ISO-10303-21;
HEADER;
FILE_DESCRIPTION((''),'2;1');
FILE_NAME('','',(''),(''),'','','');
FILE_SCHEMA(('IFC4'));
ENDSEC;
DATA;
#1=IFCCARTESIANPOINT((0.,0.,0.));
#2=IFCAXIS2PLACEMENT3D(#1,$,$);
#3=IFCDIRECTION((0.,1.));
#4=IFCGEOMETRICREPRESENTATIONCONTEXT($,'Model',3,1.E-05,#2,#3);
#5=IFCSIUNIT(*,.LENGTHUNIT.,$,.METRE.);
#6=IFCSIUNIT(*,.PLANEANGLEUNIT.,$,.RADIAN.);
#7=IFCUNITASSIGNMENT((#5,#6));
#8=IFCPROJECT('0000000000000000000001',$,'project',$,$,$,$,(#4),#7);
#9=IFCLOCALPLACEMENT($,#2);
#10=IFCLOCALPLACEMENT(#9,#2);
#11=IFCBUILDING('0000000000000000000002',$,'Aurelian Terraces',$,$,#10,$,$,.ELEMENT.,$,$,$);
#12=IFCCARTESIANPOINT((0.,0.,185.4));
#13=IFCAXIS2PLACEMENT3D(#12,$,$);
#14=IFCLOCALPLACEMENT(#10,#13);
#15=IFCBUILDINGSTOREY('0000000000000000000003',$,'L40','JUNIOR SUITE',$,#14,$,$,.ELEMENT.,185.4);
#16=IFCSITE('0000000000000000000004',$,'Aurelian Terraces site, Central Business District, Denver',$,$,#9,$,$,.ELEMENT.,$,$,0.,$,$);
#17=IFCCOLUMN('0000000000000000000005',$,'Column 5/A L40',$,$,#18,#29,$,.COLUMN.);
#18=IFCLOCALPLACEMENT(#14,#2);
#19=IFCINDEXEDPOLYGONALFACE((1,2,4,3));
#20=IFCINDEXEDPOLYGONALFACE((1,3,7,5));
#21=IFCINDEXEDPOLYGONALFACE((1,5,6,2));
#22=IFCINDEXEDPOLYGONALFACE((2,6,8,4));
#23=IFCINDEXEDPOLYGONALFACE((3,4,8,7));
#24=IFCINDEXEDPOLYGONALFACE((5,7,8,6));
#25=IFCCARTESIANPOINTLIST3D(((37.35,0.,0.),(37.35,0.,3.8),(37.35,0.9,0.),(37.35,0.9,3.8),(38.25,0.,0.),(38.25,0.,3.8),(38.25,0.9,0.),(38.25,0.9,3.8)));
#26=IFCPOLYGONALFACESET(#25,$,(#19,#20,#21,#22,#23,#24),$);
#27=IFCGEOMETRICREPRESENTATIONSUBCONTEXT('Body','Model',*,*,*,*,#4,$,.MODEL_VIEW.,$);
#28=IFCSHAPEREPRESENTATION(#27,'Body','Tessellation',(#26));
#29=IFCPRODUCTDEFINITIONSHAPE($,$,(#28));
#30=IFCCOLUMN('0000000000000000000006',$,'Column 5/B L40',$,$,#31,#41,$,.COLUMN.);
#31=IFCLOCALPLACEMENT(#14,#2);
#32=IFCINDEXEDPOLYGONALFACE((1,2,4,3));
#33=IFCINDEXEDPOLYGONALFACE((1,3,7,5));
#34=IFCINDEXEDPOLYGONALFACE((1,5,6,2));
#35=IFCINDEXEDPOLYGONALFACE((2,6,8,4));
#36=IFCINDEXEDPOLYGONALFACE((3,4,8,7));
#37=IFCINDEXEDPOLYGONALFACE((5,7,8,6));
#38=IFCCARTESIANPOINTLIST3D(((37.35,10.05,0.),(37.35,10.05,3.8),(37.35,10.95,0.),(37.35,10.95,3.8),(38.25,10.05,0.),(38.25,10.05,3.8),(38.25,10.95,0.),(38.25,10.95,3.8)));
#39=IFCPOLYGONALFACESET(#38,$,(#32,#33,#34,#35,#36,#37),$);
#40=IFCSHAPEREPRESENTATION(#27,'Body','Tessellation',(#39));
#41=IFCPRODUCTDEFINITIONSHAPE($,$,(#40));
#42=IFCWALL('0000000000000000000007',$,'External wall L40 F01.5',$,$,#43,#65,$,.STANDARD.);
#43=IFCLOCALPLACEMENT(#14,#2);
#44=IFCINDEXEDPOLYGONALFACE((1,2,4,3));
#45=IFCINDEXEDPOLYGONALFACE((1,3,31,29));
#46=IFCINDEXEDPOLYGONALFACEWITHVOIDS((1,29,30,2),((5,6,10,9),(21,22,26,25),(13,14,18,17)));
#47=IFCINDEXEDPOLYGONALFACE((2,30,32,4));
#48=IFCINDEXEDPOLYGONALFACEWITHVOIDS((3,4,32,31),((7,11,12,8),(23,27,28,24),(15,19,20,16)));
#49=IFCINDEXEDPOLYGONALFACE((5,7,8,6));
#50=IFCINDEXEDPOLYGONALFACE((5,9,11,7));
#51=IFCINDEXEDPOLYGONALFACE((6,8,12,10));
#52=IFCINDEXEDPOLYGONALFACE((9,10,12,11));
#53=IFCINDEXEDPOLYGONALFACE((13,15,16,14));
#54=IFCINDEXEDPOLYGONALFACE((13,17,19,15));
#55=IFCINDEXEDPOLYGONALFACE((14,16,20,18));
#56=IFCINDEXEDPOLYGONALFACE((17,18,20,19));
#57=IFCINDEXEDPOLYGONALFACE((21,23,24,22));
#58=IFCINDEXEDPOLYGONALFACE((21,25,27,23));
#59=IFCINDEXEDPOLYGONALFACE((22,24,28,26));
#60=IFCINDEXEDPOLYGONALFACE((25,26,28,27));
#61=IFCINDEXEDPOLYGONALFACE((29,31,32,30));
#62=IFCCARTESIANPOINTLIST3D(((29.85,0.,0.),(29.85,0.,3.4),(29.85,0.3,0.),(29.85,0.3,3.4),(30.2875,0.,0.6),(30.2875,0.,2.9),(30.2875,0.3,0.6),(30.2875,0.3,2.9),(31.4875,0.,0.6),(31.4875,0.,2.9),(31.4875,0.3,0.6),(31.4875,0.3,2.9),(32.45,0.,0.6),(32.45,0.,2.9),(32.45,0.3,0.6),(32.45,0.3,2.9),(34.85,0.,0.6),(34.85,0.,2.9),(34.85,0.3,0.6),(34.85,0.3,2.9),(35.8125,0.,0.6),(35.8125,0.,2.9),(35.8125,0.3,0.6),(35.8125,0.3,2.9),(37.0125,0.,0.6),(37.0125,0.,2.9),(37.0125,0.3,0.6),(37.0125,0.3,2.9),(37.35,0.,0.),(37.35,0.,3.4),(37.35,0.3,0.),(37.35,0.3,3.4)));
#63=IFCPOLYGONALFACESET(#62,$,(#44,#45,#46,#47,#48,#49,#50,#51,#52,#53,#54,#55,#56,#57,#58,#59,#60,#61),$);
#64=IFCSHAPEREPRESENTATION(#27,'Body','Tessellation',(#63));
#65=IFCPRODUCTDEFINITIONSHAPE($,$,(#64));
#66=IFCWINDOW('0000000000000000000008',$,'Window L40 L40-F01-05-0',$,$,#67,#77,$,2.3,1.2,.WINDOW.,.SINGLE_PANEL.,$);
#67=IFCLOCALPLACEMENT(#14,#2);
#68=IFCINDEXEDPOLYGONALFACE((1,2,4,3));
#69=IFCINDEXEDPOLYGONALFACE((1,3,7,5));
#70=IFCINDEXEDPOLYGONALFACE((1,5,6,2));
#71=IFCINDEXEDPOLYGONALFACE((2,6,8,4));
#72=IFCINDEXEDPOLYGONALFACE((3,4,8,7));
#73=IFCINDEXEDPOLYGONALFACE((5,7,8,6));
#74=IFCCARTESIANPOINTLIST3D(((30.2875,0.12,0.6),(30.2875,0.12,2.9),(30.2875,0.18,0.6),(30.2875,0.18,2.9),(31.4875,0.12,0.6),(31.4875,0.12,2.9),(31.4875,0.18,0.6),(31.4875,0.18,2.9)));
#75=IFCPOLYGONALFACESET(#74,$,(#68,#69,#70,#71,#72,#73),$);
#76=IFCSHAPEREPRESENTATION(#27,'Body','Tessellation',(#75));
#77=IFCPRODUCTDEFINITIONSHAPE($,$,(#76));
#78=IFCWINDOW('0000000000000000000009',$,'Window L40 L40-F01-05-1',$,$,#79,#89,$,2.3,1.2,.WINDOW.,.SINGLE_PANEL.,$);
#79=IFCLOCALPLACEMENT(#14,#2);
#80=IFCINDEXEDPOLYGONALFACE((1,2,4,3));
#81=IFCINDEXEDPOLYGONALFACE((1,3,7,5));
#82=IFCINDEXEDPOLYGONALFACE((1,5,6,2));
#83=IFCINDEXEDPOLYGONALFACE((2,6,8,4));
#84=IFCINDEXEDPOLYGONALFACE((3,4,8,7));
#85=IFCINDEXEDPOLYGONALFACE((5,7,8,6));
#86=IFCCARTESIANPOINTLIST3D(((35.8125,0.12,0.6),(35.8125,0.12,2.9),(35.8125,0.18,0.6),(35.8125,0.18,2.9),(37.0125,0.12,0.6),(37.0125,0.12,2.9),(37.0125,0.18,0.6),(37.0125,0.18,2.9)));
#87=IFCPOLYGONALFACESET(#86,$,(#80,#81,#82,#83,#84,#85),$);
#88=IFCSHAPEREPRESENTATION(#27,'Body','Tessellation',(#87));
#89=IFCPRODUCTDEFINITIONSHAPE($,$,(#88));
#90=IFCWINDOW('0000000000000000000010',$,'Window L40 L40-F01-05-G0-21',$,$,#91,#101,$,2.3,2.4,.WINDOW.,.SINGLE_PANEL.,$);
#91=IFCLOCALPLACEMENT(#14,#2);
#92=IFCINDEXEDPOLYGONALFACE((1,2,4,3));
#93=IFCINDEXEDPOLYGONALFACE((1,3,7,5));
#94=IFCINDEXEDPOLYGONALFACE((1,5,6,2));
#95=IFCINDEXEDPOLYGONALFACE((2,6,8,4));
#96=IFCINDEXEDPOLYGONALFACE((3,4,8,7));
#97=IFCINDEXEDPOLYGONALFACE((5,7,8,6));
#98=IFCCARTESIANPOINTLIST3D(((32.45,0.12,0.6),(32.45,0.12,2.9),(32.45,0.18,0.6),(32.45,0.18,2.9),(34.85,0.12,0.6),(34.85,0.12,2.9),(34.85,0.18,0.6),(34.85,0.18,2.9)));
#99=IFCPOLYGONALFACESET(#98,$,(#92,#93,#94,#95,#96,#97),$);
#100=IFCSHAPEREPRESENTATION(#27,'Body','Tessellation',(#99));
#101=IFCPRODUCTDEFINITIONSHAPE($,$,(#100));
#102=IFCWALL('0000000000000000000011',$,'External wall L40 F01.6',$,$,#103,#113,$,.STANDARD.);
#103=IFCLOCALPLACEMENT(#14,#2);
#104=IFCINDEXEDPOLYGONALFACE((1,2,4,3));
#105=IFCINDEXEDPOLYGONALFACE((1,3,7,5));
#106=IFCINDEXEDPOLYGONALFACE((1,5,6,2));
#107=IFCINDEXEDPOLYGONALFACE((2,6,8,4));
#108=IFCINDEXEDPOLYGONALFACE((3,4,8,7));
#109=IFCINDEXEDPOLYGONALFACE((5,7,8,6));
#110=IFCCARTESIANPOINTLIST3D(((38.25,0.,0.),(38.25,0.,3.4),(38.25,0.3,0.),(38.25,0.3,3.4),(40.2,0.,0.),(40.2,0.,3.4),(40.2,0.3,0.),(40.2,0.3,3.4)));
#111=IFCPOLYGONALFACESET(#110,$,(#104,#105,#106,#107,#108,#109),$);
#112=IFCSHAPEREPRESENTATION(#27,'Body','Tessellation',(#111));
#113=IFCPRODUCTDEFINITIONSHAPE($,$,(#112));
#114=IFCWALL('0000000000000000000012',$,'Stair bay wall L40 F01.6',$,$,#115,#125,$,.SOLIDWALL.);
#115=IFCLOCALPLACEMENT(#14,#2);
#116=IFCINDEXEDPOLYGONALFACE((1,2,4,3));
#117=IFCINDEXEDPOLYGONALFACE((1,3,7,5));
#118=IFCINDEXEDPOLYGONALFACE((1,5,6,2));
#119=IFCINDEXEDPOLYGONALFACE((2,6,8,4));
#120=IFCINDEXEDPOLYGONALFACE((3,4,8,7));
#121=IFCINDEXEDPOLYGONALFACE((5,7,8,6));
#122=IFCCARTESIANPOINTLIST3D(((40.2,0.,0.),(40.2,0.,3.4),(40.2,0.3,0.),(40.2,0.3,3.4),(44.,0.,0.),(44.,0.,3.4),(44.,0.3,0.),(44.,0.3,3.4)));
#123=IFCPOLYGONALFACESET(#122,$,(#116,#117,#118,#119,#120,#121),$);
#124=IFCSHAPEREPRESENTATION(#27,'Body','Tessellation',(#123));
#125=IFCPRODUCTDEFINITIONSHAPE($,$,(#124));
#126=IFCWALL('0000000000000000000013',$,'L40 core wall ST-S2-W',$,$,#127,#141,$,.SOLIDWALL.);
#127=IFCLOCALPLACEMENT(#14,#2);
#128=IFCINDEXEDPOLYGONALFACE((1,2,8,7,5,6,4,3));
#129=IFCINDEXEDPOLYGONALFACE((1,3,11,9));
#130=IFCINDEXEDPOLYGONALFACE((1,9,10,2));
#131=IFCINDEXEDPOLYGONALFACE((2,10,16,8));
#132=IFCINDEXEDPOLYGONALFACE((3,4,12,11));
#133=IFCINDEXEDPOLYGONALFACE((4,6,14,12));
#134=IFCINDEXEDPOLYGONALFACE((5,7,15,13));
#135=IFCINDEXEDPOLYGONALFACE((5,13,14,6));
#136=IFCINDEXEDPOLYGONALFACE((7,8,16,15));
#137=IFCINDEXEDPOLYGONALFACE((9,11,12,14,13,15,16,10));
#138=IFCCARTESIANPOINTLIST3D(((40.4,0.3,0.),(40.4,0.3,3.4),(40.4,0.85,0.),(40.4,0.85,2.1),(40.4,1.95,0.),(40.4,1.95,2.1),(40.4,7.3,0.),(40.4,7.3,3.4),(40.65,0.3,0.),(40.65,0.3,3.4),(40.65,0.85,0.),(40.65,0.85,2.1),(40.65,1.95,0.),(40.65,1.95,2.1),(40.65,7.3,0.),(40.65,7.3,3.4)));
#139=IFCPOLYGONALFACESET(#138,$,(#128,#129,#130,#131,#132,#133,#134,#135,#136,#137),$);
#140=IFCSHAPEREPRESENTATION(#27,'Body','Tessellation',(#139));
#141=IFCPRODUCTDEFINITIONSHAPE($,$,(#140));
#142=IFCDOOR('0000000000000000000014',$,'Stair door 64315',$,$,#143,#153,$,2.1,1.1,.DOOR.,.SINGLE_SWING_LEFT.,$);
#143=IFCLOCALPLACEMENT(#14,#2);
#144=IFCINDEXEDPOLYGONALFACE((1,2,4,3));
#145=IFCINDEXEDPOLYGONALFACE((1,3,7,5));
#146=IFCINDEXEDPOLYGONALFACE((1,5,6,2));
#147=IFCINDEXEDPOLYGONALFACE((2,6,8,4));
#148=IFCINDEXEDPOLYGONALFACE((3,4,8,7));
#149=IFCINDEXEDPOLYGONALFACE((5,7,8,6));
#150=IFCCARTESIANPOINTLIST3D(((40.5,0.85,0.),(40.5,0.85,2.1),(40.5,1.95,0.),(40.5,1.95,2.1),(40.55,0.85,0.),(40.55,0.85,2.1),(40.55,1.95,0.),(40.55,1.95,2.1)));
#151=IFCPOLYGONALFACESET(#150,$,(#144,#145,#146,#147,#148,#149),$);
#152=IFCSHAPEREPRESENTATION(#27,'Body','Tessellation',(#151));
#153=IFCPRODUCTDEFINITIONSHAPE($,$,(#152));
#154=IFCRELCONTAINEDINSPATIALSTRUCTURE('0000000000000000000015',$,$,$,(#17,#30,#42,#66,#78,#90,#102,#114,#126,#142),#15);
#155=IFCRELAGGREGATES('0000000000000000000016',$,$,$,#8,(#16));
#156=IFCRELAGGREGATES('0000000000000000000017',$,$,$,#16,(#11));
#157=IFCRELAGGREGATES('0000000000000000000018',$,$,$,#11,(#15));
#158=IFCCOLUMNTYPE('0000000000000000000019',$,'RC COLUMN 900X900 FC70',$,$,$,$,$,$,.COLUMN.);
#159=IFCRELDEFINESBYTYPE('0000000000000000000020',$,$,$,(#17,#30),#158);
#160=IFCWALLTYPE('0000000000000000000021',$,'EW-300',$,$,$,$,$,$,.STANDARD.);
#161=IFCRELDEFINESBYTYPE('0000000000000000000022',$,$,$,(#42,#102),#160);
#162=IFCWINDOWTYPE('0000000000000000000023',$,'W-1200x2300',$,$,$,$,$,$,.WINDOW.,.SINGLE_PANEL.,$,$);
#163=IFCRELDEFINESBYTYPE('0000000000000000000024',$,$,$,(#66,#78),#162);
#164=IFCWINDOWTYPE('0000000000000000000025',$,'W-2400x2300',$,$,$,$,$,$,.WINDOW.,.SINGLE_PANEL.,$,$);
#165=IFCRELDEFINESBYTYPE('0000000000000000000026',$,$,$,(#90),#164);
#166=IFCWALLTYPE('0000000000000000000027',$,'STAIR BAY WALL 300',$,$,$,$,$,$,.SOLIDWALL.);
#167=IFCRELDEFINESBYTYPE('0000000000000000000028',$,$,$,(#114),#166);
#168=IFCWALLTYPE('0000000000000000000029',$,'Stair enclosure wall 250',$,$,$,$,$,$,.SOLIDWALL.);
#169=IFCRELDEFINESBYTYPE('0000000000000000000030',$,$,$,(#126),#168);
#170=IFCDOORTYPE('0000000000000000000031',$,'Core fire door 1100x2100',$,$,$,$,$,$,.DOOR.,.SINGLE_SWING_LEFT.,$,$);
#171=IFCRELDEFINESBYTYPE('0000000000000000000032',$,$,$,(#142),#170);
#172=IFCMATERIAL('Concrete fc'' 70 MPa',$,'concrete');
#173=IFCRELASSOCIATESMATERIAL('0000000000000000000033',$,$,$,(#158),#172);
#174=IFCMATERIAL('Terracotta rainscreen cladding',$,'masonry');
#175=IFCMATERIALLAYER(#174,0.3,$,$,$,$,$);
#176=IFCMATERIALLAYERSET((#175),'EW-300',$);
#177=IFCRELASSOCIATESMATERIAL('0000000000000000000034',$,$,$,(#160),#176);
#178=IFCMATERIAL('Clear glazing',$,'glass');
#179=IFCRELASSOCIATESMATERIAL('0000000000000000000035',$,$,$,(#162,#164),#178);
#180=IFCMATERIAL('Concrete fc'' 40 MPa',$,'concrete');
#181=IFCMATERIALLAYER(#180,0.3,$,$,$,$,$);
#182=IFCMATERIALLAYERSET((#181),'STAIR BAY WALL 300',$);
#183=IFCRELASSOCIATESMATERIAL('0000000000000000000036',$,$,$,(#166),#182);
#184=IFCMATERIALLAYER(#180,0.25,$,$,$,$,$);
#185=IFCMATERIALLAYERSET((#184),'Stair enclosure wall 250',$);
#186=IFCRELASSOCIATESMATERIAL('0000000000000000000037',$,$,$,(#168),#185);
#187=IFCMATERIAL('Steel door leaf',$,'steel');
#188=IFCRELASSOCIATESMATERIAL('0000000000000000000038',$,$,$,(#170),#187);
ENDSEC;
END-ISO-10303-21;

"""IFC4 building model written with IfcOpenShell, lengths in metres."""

from ifc_helpers import new_model, si_unit, direction, frame, frame_2d, origin, origin_2d, place, context, subcontext, project, spatial, rectangle, extrude, source, transform, mapped, material, layer, layer_set, material_profile, profile_set, type_object, element, fill, save


model = new_model("IFC4")

# Units and contexts
model_context = context("Model", 3, precision=1e-05, world=origin(), true_north=direction((0.0, 1.0)))
body_context = subcontext(model_context, "Body", "Model", "MODEL_VIEW")
ifc_project = project(units=[si_unit("LENGTHUNIT", "METRE"), si_unit("PLANEANGLEUNIT", "RADIAN")], contexts=[model_context])

# Site, building, storey
site_placement = place(None, origin())
site = spatial("IfcSite", under=ifc_project, at=site_placement, Name="Aurelian Terraces site, Central Business District, Denver", CompositionType="ELEMENT", RefElevation=0.0)
building_placement = place(site_placement, origin())
building = spatial("IfcBuilding", under=site, at=building_placement, Name="Aurelian Terraces", CompositionType="ELEMENT")
storey_placement = place(building_placement, frame((0.0, 0.0, 185.4)))
storey = spatial("IfcBuildingStorey", under=building, at=storey_placement, Name="L40", Description="JUNIOR SUITE", CompositionType="ELEMENT", Elevation=185.4)

# Columns
ifc_material_1 = material(Name="Concrete fc' 70 MPa", Category="concrete")
ifc_material_profile = material_profile(ifc_material_1, rectangle(XDim=0.9, YDim=0.9, at=origin_2d()))
ifc_profile_set = profile_set([ifc_material_profile], Name="Concrete fc' 70 MPa")
column_type = type_object("IfcColumnType", Name="RC COLUMN 900X900 FC70", PredefinedType="COLUMN", material=ifc_profile_set)
shared_shape_1 = source(origin(), body_context, "Body", "SweptSolid", [
    extrude(rectangle(XDim=0.9, YDim=0.9, at=origin_2d()), origin(), (0.0, 0.0, 1.0), 3.8),
])
for number, where, z_axis, x_axis, name in (
    (1, (37.8, 0.45, 0.0), (0.0, 0.0, 1.0), (1.0, 0.0, 0.0), "Column 5/A L40"),
    (2, (37.8, 10.5, 0.0), (0.0, 0.0, 1.0), (1.0, 0.0, 0.0), "Column 5/B L40"),
):
    element("IfcColumn", number, at=place(storey_placement, frame(where, z_axis=z_axis, x_axis=x_axis)), inside=storey, type_object=column_type, Name=name, PredefinedType="COLUMN", context=body_context, shape_type="MappedRepresentation", body=[
        mapped(shared_shape_1, transform((0.0, 0.0, 0.0), scale=1.0)),
    ])

# Wall, openings, windows
ifc_material_2 = material(Name="Terracotta rainscreen cladding", Category="masonry")
ifc_layer_1 = layer(ifc_material_2, 0.3)
ifc_layer_set_1 = layer_set([ifc_layer_1], Name="EW-300")
wall_type_1 = type_object("IfcWallType", Name="EW-300", PredefinedType="STANDARD", material=ifc_layer_set_1)
shared_shape_2 = source(origin(), body_context, "Body", "SweptSolid", [
    extrude(rectangle(XDim=7.5, YDim=0.3, at=frame_2d((3.75, 0.0))), origin(), (0.0, 0.0, 1.0), 3.4),
])
wall_1_placement = place(storey_placement, frame((29.85, 0.15, 0.0), z_axis=(0.0, 0.0, 1.0), x_axis=(1.0, 0.0, 0.0)))
wall_1 = element("IfcWall", 3, at=wall_1_placement, inside=storey, type_object=wall_type_1, Name="External wall L40 F01.5", PredefinedType="STANDARD", context=body_context, shape_type="MappedRepresentation", body=[
    mapped(shared_shape_2, transform((0.0, 0.0, 0.0), scale=1.0)),
])
shared_shape_3 = source(origin(), body_context, "Body", "SweptSolid", [
    extrude(rectangle(XDim=1.2, YDim=2.3, at=frame_2d((0.6, 1.15))), frame((0.0, 0.16, 0.0), z_axis=(0.0, -1.0, 0.0), x_axis=(1.0, 0.0, 0.0)), (0.0, 0.0, 1.0), 0.32),
])
opening_1_placement = place(wall_1_placement, frame((0.4375, 0.0, 0.6)))
opening_1 = element("IfcOpeningElement", 4, at=opening_1_placement, cuts=wall_1, PredefinedType="OPENING", context=body_context, shape_type="MappedRepresentation", body=[
    mapped(shared_shape_3, transform((0.0, 0.0, 0.0), scale=1.0)),
])
opening_2_placement = place(wall_1_placement, frame((5.9625, 0.0, 0.6)))
opening_2 = element("IfcOpeningElement", 5, at=opening_2_placement, cuts=wall_1, PredefinedType="OPENING", context=body_context, shape_type="MappedRepresentation", body=[
    mapped(shared_shape_3, transform((0.0, 0.0, 0.0), scale=1.0)),
])
shared_shape_4 = source(origin(), body_context, "Body", "SweptSolid", [
    extrude(rectangle(XDim=2.4, YDim=2.3, at=frame_2d((1.2, 1.15))), frame((0.0, 0.16, 0.0), z_axis=(0.0, -1.0, 0.0), x_axis=(1.0, 0.0, 0.0)), (0.0, 0.0, 1.0), 0.32),
])
opening_3_placement = place(wall_1_placement, frame((2.6, 0.0, 0.6)))
opening_3 = element("IfcOpeningElement", 6, at=opening_3_placement, cuts=wall_1, PredefinedType="OPENING", context=body_context, shape_type="MappedRepresentation", body=[
    mapped(shared_shape_4, transform((0.0, 0.0, 0.0), scale=1.0)),
])
ifc_material_3 = material(Name="Clear glazing", Category="glass")
window_type_1 = type_object("IfcWindowType", Name="W-1200x2300", PartitioningType="SINGLE_PANEL", PredefinedType="WINDOW", material=ifc_material_3)
shared_shape_5 = source(origin(), body_context, "Body", "SweptSolid", [
    extrude(rectangle(XDim=1.2, YDim=2.3, at=frame_2d((0.6, 1.15))), frame((0.0, 0.03, 0.0), z_axis=(0.0, -1.0, 0.0), x_axis=(1.0, 0.0, 0.0)), (0.0, 0.0, 1.0), 0.06),
])
window_1_placement = place(opening_1_placement, origin())
window_1 = element("IfcWindow", 7, at=window_1_placement, inside=storey, type_object=window_type_1, Name="Window L40 L40-F01-05-0", OverallHeight=2.3, OverallWidth=1.2, PartitioningType="SINGLE_PANEL", PredefinedType="WINDOW", context=body_context, shape_type="MappedRepresentation", body=[
    mapped(shared_shape_5, transform((0.0, 0.0, 0.0), scale=1.0)),
])
fill(opening_1, window_1)
window_2_placement = place(opening_2_placement, origin())
window_2 = element("IfcWindow", 8, at=window_2_placement, inside=storey, type_object=window_type_1, Name="Window L40 L40-F01-05-1", OverallHeight=2.3, OverallWidth=1.2, PartitioningType="SINGLE_PANEL", PredefinedType="WINDOW", context=body_context, shape_type="MappedRepresentation", body=[
    mapped(shared_shape_5, transform((0.0, 0.0, 0.0), scale=1.0)),
])
fill(opening_2, window_2)
window_type_2 = type_object("IfcWindowType", Name="W-2400x2300", PartitioningType="SINGLE_PANEL", PredefinedType="WINDOW", material=ifc_material_3)
shared_shape_6 = source(origin(), body_context, "Body", "SweptSolid", [
    extrude(rectangle(XDim=2.4, YDim=2.3, at=frame_2d((1.2, 1.15))), frame((0.0, 0.03, 0.0), z_axis=(0.0, -1.0, 0.0), x_axis=(1.0, 0.0, 0.0)), (0.0, 0.0, 1.0), 0.06),
])
window_3_placement = place(opening_3_placement, origin())
window_3 = element("IfcWindow", 9, at=window_3_placement, inside=storey, type_object=window_type_2, Name="Window L40 L40-F01-05-G0-21", OverallHeight=2.3, OverallWidth=2.4, PartitioningType="SINGLE_PANEL", PredefinedType="WINDOW", context=body_context, shape_type="MappedRepresentation", body=[
    mapped(shared_shape_6, transform((0.0, 0.0, 0.0), scale=1.0)),
])
fill(opening_3, window_3)

# Walls
shared_shape_7 = source(origin(), body_context, "Body", "SweptSolid", [
    extrude(rectangle(XDim=1.95, YDim=0.3, at=frame_2d((0.975, 0.0))), origin(), (0.0, 0.0, 1.0), 3.4),
])
wall_2_placement = place(storey_placement, frame((38.25, 0.15, 0.0), z_axis=(0.0, 0.0, 1.0), x_axis=(1.0, 0.0, 0.0)))
element("IfcWall", 10, at=wall_2_placement, inside=storey, type_object=wall_type_1, Name="External wall L40 F01.6", PredefinedType="STANDARD", context=body_context, shape_type="MappedRepresentation", body=[
    mapped(shared_shape_7, transform((0.0, 0.0, 0.0), scale=1.0)),
])
ifc_material_4 = material(Name="Concrete fc' 40 MPa", Category="concrete")
ifc_layer_2 = layer(ifc_material_4, 0.3)
ifc_layer_set_2 = layer_set([ifc_layer_2], Name="STAIR BAY WALL 300")
wall_type_2 = type_object("IfcWallType", Name="STAIR BAY WALL 300", PredefinedType="SOLIDWALL", material=ifc_layer_set_2)
shared_shape_8 = source(origin(), body_context, "Body", "SweptSolid", [
    extrude(rectangle(XDim=3.8, YDim=0.3, at=frame_2d((1.9, 0.0))), origin(), (0.0, 0.0, 1.0), 3.4),
])
wall_3_placement = place(storey_placement, frame((40.2, 0.15, 0.0), z_axis=(0.0, 0.0, 1.0), x_axis=(1.0, 0.0, 0.0)))
element("IfcWall", 11, at=wall_3_placement, inside=storey, type_object=wall_type_2, Name="Stair bay wall L40 F01.6", PredefinedType="SOLIDWALL", context=body_context, shape_type="MappedRepresentation", body=[
    mapped(shared_shape_8, transform((0.0, 0.0, 0.0), scale=1.0)),
])

# Wall, opening, door
ifc_layer_3 = layer(ifc_material_4, 0.25)
ifc_layer_set_3 = layer_set([ifc_layer_3], Name="Stair enclosure wall 250")
wall_type_3 = type_object("IfcWallType", Name="Stair enclosure wall 250", PredefinedType="SOLIDWALL", material=ifc_layer_set_3)
shared_shape_9 = source(origin(), body_context, "Body", "SweptSolid", [
    extrude(rectangle(XDim=7.0, YDim=0.25, at=frame_2d((3.5, 0.0))), origin(), (0.0, 0.0, 1.0), 3.4),
])
wall_4_placement = place(storey_placement, frame((40.525, 0.3, 0.0), z_axis=(0.0, 0.0, 1.0), x_axis=(0.0, 1.0, 0.0)))
wall_4 = element("IfcWall", 12, at=wall_4_placement, inside=storey, type_object=wall_type_3, Name="L40 core wall ST-S2-W", PredefinedType="SOLIDWALL", context=body_context, shape_type="MappedRepresentation", body=[
    mapped(shared_shape_9, transform((0.0, 0.0, 0.0), scale=1.0)),
])
shared_shape_10 = source(origin(), body_context, "Body", "SweptSolid", [
    extrude(rectangle(XDim=1.1, YDim=2.1, at=frame_2d((0.55, 1.05))), frame((0.0, 0.135, 0.0), z_axis=(0.0, -1.0, 0.0), x_axis=(1.0, 0.0, 0.0)), (0.0, 0.0, 1.0), 0.27),
])
opening_4_placement = place(wall_4_placement, frame((0.55, 0.0, 0.0)))
opening_4 = element("IfcOpeningElement", 13, at=opening_4_placement, cuts=wall_4, PredefinedType="OPENING", context=body_context, shape_type="MappedRepresentation", body=[
    mapped(shared_shape_10, transform((0.0, 0.0, 0.0), scale=1.0)),
])
ifc_material_5 = material(Name="Steel door leaf", Category="steel")
door_type_1 = type_object("IfcDoorType", Name="Core fire door 1100x2100", OperationType="SINGLE_SWING_LEFT", PredefinedType="DOOR", material=ifc_material_5)
shared_shape_11 = source(origin(), body_context, "Body", "SweptSolid", [
    extrude(rectangle(XDim=1.1, YDim=2.1, at=frame_2d((0.55, 1.05))), frame((0.0, 0.025, 0.0), z_axis=(0.0, -1.0, 0.0), x_axis=(1.0, 0.0, 0.0)), (0.0, 0.0, 1.0), 0.05),
])
door_1_placement = place(opening_4_placement, origin())
door_1 = element("IfcDoor", 14, at=door_1_placement, inside=storey, type_object=door_type_1, Name="Stair door 64315", OperationType="SINGLE_SWING_LEFT", OverallHeight=2.1, OverallWidth=1.1, PredefinedType="DOOR", context=body_context, shape_type="MappedRepresentation", body=[
    mapped(shared_shape_11, transform((0.0, 0.0, 0.0), scale=1.0)),
])
fill(opening_4, door_1)

save(model, "model.ifc")
